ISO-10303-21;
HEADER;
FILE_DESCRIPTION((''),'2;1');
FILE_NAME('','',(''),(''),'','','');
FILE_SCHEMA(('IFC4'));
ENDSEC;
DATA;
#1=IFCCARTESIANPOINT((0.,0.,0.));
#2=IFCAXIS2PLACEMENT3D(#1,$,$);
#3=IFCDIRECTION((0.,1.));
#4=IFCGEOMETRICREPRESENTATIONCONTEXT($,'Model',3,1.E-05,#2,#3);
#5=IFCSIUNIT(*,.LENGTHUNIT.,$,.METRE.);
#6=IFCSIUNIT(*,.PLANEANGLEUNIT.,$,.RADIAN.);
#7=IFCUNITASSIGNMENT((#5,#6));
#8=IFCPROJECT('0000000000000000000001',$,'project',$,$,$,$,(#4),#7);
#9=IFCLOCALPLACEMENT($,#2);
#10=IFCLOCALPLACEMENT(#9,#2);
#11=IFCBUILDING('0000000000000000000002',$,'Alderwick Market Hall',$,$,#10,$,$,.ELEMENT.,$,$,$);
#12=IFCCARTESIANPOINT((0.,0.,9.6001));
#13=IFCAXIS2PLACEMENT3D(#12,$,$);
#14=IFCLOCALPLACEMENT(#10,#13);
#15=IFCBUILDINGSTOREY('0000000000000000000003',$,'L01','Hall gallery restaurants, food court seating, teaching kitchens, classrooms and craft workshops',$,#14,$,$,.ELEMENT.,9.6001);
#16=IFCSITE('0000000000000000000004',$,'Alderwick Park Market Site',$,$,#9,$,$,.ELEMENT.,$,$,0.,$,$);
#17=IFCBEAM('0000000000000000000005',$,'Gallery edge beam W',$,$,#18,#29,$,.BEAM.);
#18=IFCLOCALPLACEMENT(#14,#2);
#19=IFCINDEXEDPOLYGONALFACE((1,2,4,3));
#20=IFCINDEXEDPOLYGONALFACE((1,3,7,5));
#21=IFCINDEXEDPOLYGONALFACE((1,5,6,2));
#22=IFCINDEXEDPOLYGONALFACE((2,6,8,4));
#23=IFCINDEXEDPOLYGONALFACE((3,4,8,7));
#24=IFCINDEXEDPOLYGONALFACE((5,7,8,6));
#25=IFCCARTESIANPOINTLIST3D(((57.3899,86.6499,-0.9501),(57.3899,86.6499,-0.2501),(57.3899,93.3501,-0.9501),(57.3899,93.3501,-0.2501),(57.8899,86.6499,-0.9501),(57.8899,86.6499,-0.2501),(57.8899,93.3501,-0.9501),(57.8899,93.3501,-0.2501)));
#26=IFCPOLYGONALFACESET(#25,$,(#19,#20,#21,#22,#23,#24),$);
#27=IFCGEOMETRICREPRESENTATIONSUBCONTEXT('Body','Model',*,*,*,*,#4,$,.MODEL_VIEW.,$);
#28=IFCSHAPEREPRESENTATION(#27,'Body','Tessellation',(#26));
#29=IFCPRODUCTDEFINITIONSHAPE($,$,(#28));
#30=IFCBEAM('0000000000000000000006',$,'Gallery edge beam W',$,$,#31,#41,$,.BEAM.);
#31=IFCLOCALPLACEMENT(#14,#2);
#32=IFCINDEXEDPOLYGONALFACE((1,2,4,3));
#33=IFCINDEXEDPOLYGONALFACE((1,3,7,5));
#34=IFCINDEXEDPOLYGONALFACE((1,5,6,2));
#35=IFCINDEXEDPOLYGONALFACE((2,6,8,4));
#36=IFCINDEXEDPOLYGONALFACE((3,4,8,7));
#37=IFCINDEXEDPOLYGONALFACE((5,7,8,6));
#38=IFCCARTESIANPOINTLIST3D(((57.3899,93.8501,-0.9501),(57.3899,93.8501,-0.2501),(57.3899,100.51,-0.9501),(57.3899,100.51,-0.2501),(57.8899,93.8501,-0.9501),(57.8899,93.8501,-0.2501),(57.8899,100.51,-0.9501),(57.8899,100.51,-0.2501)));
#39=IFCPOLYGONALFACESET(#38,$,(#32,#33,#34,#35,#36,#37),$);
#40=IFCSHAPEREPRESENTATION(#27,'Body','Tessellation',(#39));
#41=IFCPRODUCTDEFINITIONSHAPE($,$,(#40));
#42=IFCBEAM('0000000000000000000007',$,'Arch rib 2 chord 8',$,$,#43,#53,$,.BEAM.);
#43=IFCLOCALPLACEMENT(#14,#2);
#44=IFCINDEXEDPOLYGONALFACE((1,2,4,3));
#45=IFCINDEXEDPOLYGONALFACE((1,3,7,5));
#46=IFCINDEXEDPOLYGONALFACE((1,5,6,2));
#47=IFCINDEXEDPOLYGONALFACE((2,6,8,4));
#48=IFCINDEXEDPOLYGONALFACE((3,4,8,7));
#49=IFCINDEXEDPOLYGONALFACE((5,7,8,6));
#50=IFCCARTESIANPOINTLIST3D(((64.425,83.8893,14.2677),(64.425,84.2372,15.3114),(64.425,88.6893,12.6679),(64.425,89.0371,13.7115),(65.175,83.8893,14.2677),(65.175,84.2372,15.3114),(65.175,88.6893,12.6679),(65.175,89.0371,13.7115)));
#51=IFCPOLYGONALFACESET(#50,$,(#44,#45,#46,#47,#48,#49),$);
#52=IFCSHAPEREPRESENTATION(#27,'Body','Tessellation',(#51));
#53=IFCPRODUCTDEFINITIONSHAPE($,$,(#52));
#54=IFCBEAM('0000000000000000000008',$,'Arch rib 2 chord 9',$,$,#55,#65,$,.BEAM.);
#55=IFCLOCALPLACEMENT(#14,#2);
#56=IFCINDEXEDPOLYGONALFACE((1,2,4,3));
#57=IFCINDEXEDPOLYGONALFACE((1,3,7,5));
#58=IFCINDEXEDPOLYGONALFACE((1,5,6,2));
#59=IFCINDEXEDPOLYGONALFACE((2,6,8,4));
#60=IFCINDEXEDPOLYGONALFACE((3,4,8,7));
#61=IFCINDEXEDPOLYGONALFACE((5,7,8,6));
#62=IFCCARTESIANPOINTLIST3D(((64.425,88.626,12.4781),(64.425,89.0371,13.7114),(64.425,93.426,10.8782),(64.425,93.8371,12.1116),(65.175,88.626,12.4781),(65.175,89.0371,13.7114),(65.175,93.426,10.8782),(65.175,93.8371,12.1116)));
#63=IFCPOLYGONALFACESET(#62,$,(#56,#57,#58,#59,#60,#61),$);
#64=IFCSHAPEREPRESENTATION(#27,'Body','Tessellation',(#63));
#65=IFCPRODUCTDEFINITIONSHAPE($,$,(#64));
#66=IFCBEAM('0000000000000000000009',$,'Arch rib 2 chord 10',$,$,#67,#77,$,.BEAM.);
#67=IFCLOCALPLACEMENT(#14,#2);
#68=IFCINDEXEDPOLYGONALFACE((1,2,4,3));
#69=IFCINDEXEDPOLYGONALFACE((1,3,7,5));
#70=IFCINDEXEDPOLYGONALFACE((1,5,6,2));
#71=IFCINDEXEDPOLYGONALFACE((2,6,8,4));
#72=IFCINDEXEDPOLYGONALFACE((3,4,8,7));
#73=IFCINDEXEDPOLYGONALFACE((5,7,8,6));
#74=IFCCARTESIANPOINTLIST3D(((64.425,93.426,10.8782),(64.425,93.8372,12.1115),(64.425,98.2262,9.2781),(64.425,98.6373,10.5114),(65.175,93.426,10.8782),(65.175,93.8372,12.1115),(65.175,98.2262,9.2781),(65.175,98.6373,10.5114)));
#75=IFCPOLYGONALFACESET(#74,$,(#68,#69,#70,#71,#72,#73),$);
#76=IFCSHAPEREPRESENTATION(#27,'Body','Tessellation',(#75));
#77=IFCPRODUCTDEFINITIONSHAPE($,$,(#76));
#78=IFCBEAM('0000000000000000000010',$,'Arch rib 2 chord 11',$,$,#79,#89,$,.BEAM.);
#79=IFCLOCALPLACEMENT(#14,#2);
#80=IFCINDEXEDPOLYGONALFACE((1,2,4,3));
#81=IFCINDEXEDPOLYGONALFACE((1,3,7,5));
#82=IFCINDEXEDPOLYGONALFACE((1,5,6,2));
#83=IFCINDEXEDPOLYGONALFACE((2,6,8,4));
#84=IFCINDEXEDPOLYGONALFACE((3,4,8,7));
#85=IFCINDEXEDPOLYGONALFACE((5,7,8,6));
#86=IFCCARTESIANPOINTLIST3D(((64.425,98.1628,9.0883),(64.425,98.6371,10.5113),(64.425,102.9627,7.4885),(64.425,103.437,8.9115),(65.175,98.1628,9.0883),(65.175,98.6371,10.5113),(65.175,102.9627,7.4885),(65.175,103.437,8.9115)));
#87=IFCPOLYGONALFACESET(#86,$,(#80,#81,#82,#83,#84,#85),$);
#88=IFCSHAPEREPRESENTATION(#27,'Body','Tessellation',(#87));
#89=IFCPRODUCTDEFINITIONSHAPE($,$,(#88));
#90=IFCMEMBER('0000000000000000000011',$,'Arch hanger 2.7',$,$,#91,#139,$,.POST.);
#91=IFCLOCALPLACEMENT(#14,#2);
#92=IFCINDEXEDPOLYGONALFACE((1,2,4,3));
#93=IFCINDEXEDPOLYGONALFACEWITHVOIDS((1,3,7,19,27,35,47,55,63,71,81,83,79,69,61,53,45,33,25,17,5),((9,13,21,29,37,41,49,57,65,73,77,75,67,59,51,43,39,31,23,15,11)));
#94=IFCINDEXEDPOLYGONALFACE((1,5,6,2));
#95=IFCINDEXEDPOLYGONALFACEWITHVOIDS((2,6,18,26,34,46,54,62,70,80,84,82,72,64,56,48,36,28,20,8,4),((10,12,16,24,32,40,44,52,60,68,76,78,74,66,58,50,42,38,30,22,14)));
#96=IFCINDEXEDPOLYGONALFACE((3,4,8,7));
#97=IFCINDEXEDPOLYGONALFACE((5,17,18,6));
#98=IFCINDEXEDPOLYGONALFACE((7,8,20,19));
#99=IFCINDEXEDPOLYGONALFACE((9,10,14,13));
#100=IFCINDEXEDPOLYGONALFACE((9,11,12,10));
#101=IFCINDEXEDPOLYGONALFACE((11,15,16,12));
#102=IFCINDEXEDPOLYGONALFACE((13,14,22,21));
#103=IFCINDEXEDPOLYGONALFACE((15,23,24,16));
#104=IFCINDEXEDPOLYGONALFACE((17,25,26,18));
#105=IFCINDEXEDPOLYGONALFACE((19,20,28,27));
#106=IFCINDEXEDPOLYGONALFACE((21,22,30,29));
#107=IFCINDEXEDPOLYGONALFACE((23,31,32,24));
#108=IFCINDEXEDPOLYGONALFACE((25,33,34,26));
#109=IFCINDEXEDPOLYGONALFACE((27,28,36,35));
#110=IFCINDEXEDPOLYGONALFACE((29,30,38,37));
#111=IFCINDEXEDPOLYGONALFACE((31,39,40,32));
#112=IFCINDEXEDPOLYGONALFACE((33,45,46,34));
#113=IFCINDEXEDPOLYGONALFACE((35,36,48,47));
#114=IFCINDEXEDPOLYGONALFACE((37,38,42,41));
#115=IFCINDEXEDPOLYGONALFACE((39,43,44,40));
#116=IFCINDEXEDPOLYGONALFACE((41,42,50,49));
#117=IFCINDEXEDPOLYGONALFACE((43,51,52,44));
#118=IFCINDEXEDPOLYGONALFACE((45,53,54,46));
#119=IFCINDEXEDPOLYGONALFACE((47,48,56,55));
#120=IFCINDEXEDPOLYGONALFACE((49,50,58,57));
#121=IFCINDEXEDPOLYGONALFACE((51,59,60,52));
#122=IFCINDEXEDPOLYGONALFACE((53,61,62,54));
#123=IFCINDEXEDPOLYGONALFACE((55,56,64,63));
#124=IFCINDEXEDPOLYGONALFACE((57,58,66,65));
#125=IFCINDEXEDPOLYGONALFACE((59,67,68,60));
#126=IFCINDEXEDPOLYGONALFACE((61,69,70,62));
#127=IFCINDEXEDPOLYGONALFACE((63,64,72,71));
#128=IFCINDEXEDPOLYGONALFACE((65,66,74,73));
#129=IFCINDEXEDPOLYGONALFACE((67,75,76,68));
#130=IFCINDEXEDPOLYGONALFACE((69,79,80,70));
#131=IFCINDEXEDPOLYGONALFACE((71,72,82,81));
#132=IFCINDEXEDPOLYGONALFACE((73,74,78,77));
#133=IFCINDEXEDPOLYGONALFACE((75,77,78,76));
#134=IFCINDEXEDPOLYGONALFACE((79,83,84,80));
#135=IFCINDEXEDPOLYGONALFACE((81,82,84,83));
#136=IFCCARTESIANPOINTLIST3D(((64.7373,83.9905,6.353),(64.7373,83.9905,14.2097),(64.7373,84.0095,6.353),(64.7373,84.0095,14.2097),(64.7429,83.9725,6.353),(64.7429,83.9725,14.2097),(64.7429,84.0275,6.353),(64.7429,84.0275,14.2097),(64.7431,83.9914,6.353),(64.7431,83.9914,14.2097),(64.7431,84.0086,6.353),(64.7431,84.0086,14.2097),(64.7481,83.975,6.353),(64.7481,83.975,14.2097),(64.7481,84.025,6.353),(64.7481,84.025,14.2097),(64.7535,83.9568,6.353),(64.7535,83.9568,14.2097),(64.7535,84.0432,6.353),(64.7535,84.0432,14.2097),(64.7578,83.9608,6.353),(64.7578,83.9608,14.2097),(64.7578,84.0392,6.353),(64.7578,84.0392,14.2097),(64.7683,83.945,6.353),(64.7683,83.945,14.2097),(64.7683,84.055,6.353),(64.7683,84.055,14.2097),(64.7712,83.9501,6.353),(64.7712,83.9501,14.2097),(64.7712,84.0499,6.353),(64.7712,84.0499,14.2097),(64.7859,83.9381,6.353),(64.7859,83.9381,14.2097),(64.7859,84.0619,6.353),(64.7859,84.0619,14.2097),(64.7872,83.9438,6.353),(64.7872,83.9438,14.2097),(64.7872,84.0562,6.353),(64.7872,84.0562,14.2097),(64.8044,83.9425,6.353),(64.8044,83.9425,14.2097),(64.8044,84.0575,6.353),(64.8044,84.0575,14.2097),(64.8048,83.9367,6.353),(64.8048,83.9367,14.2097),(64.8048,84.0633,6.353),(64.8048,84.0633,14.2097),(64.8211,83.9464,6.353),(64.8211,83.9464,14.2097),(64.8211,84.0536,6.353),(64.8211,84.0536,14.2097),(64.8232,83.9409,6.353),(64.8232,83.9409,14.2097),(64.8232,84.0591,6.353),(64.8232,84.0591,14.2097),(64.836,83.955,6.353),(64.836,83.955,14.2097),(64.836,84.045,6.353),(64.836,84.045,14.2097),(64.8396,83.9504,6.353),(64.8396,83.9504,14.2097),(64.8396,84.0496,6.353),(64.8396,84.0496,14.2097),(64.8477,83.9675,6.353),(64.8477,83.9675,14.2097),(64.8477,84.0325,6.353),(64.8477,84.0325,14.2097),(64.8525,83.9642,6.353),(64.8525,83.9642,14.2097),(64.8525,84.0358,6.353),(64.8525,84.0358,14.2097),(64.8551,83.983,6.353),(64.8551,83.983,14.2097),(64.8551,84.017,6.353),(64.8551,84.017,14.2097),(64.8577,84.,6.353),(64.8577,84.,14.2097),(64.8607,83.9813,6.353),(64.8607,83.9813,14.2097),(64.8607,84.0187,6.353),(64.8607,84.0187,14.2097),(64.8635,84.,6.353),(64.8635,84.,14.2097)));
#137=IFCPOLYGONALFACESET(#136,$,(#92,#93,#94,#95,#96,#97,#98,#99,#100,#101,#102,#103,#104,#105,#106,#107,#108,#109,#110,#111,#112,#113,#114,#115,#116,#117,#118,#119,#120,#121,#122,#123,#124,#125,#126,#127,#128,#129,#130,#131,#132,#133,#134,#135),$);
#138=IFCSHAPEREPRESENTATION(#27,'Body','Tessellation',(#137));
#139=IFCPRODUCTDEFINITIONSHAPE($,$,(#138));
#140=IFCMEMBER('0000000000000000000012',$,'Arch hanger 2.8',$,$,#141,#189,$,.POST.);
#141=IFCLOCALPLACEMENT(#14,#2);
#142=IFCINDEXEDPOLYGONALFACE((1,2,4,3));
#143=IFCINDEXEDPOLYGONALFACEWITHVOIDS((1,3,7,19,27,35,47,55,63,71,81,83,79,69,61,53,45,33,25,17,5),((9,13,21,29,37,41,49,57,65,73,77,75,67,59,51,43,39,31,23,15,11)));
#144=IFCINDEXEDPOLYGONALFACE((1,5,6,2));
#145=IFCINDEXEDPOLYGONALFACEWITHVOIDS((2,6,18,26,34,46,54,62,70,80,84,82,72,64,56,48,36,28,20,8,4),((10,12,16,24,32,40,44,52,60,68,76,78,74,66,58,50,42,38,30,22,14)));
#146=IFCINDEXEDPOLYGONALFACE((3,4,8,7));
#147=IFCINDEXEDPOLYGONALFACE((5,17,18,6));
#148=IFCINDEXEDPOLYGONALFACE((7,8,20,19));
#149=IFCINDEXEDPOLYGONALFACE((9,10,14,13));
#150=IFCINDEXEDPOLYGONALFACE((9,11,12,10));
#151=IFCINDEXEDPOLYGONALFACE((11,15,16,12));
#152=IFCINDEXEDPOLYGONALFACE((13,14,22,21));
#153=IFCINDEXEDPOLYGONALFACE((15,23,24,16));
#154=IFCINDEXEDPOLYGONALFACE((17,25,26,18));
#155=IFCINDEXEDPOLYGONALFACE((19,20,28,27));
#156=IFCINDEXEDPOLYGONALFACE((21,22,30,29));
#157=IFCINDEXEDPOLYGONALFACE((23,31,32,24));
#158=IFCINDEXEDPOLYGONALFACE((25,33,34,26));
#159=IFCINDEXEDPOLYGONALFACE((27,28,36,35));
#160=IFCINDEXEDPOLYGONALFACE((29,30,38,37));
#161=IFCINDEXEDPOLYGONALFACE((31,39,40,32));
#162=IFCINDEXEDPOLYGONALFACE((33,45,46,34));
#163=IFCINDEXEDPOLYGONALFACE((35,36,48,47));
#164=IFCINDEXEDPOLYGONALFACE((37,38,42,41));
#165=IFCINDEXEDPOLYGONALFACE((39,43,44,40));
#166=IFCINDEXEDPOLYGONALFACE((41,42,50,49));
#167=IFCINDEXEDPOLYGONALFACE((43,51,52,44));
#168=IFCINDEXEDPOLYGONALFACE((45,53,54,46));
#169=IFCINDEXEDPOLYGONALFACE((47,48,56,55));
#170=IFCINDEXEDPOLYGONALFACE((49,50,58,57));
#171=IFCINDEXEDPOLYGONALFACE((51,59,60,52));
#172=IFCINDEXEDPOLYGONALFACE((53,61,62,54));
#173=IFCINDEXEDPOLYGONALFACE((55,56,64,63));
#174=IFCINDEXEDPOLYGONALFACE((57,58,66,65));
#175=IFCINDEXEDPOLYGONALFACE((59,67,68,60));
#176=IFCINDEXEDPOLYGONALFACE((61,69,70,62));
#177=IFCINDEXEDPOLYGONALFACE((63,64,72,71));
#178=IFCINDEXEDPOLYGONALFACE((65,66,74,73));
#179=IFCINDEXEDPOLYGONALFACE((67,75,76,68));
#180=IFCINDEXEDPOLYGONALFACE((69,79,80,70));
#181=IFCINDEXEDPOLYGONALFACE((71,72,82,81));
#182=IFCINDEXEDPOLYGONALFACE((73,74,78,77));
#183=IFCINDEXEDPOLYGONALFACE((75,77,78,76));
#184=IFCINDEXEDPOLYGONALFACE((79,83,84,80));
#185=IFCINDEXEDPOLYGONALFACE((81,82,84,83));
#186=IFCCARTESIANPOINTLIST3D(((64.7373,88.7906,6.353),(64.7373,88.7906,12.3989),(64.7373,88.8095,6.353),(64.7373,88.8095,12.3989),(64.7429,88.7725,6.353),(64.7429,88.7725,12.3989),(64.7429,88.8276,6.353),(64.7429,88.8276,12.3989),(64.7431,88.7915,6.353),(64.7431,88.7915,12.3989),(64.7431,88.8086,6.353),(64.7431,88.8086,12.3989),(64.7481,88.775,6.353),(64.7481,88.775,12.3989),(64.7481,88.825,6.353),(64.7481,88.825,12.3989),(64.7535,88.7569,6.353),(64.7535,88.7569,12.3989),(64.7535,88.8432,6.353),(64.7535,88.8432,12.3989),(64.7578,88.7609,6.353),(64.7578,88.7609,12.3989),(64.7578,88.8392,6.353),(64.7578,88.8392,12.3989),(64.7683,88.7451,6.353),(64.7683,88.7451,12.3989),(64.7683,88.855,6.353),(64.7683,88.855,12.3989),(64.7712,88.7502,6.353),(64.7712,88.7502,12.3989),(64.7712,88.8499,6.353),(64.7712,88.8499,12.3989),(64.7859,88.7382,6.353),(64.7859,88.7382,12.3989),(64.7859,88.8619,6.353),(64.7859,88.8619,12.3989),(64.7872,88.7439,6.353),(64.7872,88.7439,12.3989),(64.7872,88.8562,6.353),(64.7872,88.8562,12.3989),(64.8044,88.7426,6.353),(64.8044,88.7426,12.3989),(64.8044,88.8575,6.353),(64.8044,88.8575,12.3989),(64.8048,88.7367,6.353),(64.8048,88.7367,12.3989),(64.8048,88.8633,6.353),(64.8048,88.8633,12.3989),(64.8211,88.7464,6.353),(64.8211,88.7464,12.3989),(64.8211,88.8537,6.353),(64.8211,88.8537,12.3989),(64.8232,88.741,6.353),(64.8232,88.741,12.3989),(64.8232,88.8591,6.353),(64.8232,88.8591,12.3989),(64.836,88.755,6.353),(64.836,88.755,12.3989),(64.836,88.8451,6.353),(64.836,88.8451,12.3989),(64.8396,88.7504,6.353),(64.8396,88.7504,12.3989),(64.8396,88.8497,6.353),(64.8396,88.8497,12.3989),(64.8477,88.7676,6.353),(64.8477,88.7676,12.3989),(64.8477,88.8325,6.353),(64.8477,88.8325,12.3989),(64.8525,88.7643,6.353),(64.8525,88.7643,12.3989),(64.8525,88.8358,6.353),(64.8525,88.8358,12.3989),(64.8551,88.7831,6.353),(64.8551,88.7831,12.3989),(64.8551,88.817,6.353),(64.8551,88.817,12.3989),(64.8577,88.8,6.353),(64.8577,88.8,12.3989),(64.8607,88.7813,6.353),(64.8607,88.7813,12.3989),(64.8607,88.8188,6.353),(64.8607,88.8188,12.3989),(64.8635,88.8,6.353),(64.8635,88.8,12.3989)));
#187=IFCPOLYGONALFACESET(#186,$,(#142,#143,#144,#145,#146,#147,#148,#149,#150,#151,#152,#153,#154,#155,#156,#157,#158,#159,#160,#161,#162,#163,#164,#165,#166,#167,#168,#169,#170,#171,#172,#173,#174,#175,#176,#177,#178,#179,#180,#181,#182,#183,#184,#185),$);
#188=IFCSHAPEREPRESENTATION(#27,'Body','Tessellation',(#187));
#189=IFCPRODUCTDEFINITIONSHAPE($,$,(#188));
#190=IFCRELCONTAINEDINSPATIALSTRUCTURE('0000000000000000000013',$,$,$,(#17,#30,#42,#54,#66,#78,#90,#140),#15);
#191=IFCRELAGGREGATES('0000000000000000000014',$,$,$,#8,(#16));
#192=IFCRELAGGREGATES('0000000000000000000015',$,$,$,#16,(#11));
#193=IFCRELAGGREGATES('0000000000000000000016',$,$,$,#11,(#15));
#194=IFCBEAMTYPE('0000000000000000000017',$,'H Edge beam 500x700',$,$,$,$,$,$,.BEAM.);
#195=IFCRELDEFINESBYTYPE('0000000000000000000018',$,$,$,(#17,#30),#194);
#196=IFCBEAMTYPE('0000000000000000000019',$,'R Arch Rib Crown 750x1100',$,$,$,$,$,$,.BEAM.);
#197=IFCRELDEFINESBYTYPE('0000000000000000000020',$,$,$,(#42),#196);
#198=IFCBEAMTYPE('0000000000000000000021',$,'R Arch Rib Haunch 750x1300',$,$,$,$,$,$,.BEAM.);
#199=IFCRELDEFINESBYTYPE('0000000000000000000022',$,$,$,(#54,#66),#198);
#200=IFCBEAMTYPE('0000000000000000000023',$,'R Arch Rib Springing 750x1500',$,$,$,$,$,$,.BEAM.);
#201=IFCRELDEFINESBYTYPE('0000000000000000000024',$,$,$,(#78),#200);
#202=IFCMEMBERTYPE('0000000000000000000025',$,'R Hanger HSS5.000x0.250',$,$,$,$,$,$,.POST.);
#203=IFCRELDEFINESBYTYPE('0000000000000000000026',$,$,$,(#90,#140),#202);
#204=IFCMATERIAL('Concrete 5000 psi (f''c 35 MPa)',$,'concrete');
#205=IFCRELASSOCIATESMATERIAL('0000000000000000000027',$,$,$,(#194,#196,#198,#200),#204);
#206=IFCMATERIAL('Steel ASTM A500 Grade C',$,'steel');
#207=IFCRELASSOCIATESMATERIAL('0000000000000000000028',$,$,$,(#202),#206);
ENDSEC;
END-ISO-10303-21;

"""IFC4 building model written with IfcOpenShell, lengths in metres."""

from ifc_helpers import new_model, si_unit, direction, frame, origin, origin_2d, place, context, subcontext, project, spatial, rectangle, hollow_circle, extrude, material, material_profile, profile_set, type_object, element, save


model = new_model("IFC4")

# Units and contexts
model_context = context("Model", 3, precision=1e-05, world=origin(), true_north=direction((0.0, 1.0)))
body_context = subcontext(model_context, "Body", "Model", "MODEL_VIEW")
ifc_project = project(units=[si_unit("LENGTHUNIT", "METRE"), si_unit("PLANEANGLEUNIT", "RADIAN")], contexts=[model_context])

# Site, building, storey
site_placement = place(None, origin())
site = spatial("IfcSite", under=ifc_project, at=site_placement, Name="Alderwick Park Market Site", CompositionType="ELEMENT", RefElevation=0.0)
building_placement = place(site_placement, origin())
building = spatial("IfcBuilding", under=site, at=building_placement, Name="Alderwick Market Hall", CompositionType="ELEMENT")
storey_placement = place(building_placement, frame((0.0, 0.0, 9.6001)))
storey = spatial("IfcBuildingStorey", under=building, at=storey_placement, Name="L01", Description="Hall gallery restaurants, food court seating, teaching kitchens, classrooms and craft workshops", CompositionType="ELEMENT", Elevation=9.6001)

# Beams
ifc_material_1 = material(Name="Concrete 5000 psi (f'c 35 MPa)", Category="concrete")
ifc_material_profile_1 = material_profile(ifc_material_1, rectangle(XDim=0.5, YDim=0.7, at=origin_2d()), Name="RC 500x700")
ifc_profile_set_1 = profile_set([ifc_material_profile_1], Name="Concrete 5000 psi (f'c 35 MPa)")
beam_type_1 = type_object("IfcBeamType", Name="H Edge beam 500x700", PredefinedType="BEAM", material=ifc_profile_set_1)
beam_1_placement = place(storey_placement, frame((57.6399, 86.6499, -0.6001), z_axis=(0.0, 1.0, 0.0), x_axis=(-1.0, 0.0, 0.0)))
element("IfcBeam", 1, at=beam_1_placement, inside=storey, type_object=beam_type_1, Name="Gallery edge beam W", PredefinedType="BEAM", context=body_context, shape_type="SweptSolid", body=[
    extrude(rectangle(XDim=0.5, YDim=0.7, at=origin_2d()), origin(), (0.0, 0.0, 1.0), 6.7002),
])
beam_2_placement = place(storey_placement, frame((57.6399, 93.8501, -0.6001), z_axis=(0.0, 1.0, 0.0), x_axis=(-1.0, 0.0, 0.0)))
element("IfcBeam", 2, at=beam_2_placement, inside=storey, type_object=beam_type_1, Name="Gallery edge beam W", PredefinedType="BEAM", context=body_context, shape_type="SweptSolid", body=[
    extrude(rectangle(XDim=0.5, YDim=0.7, at=origin_2d()), origin(), (0.0, 0.0, 1.0), 6.6599),
])
ifc_material_profile_2 = material_profile(ifc_material_1, rectangle(XDim=0.75, YDim=1.1001, at=origin_2d()), Name="RC 750x1100")
ifc_profile_set_2 = profile_set([ifc_material_profile_2], Name="Concrete 5000 psi (f'c 35 MPa)")
beam_type_2 = type_object("IfcBeamType", Name="R Arch Rib Crown 750x1100", PredefinedType="BEAM", material=ifc_profile_set_2)
beam_3_placement = place(storey_placement, frame((64.8, 84.0632, 14.7896), z_axis=(0.0, 0.948693, -0.316199), x_axis=(-1.0, 0.0, 0.0)))
element("IfcBeam", 3, at=beam_3_placement, inside=storey, type_object=beam_type_2, Name="Arch rib 2 chord 8", PredefinedType="BEAM", context=body_context, shape_type="SweptSolid", body=[
    extrude(rectangle(XDim=0.75, YDim=1.1001, at=origin_2d()), origin(), (0.0, 0.0, 1.0), 5.0596),
])
ifc_material_profile_3 = material_profile(ifc_material_1, rectangle(XDim=0.75, YDim=1.3, at=origin_2d()), Name="RC 750x1300")
ifc_profile_set_3 = profile_set([ifc_material_profile_3], Name="Concrete 5000 psi (f'c 35 MPa)")
beam_type_3 = type_object("IfcBeamType", Name="R Arch Rib Haunch 750x1300", PredefinedType="BEAM", material=ifc_profile_set_3)
beam_4_placement = place(storey_placement, frame((64.8, 88.8315, 13.0947), z_axis=(0.0, 0.948693, -0.316199), x_axis=(-1.0, 0.0, 0.0)))
element("IfcBeam", 4, at=beam_4_placement, inside=storey, type_object=beam_type_3, Name="Arch rib 2 chord 9", PredefinedType="BEAM", context=body_context, shape_type="SweptSolid", body=[
    extrude(rectangle(XDim=0.75, YDim=1.3, at=origin_2d()), origin(), (0.0, 0.0, 1.0), 5.0596),
])
beam_5_placement = place(storey_placement, frame((64.8, 93.6316, 11.4949), z_axis=(0.0, 0.948678, -0.316242), x_axis=(-1.0, 0.0, 0.0)))
element("IfcBeam", 5, at=beam_5_placement, inside=storey, type_object=beam_type_3, Name="Arch rib 2 chord 10", PredefinedType="BEAM", context=body_context, shape_type="SweptSolid", body=[
    extrude(rectangle(XDim=0.75, YDim=1.3, at=origin_2d()), origin(), (0.0, 0.0, 1.0), 5.0598),
])
ifc_material_profile_4 = material_profile(ifc_material_1, rectangle(XDim=0.75, YDim=1.5, at=origin_2d()), Name="RC 750x1500")
ifc_profile_set_4 = profile_set([ifc_material_profile_4], Name="Concrete 5000 psi (f'c 35 MPa)")
beam_type_4 = type_object("IfcBeamType", Name="R Arch Rib Springing 750x1500", PredefinedType="BEAM", material=ifc_profile_set_4)
beam_6_placement = place(storey_placement, frame((64.8, 98.3999, 9.7998), z_axis=(0.0, 0.948693, -0.316199), x_axis=(-1.0, 0.0, 0.0)))
element("IfcBeam", 6, at=beam_6_placement, inside=storey, type_object=beam_type_4, Name="Arch rib 2 chord 11", PredefinedType="BEAM", context=body_context, shape_type="SweptSolid", body=[
    extrude(rectangle(XDim=0.75, YDim=1.5, at=origin_2d()), origin(), (0.0, 0.0, 1.0), 5.0596),
])

# Members
ifc_material_2 = material(Name="Steel ASTM A500 Grade C", Category="steel")
ifc_material_profile_5 = material_profile(ifc_material_2, hollow_circle(Radius=0.0635, WallThickness=0.0059, at=origin_2d()), Name="HSS5.000x0.250")
ifc_profile_set_5 = profile_set([ifc_material_profile_5], Name="Steel ASTM A500 Grade C")
member_type_1 = type_object("IfcMemberType", Name="R Hanger HSS5.000x0.250", PredefinedType="POST", material=ifc_profile_set_5)
member_1_placement = place(storey_placement, frame((64.8, 84.0, 6.353), z_axis=(0.0, 0.0, 1.0), x_axis=(1.0, 0.0, 0.0)))
element("IfcMember", 7, at=member_1_placement, inside=storey, type_object=member_type_1, Name="Arch hanger 2.7", PredefinedType="POST", context=body_context, shape_type="SweptSolid", body=[
    extrude(hollow_circle(Radius=0.0635, WallThickness=0.0059, at=origin_2d()), origin(), (0.0, 0.0, 1.0), 7.8567),
])
member_2_placement = place(storey_placement, frame((64.8, 88.8, 6.353), z_axis=(0.0, 0.0, 1.0), x_axis=(1.0, 0.0, 0.0)))
element("IfcMember", 8, at=member_2_placement, inside=storey, type_object=member_type_1, Name="Arch hanger 2.8", PredefinedType="POST", context=body_context, shape_type="SweptSolid", body=[
    extrude(hollow_circle(Radius=0.0635, WallThickness=0.0059, at=origin_2d()), origin(), (0.0, 0.0, 1.0), 6.0459),
])

save(model, "model.ifc")
